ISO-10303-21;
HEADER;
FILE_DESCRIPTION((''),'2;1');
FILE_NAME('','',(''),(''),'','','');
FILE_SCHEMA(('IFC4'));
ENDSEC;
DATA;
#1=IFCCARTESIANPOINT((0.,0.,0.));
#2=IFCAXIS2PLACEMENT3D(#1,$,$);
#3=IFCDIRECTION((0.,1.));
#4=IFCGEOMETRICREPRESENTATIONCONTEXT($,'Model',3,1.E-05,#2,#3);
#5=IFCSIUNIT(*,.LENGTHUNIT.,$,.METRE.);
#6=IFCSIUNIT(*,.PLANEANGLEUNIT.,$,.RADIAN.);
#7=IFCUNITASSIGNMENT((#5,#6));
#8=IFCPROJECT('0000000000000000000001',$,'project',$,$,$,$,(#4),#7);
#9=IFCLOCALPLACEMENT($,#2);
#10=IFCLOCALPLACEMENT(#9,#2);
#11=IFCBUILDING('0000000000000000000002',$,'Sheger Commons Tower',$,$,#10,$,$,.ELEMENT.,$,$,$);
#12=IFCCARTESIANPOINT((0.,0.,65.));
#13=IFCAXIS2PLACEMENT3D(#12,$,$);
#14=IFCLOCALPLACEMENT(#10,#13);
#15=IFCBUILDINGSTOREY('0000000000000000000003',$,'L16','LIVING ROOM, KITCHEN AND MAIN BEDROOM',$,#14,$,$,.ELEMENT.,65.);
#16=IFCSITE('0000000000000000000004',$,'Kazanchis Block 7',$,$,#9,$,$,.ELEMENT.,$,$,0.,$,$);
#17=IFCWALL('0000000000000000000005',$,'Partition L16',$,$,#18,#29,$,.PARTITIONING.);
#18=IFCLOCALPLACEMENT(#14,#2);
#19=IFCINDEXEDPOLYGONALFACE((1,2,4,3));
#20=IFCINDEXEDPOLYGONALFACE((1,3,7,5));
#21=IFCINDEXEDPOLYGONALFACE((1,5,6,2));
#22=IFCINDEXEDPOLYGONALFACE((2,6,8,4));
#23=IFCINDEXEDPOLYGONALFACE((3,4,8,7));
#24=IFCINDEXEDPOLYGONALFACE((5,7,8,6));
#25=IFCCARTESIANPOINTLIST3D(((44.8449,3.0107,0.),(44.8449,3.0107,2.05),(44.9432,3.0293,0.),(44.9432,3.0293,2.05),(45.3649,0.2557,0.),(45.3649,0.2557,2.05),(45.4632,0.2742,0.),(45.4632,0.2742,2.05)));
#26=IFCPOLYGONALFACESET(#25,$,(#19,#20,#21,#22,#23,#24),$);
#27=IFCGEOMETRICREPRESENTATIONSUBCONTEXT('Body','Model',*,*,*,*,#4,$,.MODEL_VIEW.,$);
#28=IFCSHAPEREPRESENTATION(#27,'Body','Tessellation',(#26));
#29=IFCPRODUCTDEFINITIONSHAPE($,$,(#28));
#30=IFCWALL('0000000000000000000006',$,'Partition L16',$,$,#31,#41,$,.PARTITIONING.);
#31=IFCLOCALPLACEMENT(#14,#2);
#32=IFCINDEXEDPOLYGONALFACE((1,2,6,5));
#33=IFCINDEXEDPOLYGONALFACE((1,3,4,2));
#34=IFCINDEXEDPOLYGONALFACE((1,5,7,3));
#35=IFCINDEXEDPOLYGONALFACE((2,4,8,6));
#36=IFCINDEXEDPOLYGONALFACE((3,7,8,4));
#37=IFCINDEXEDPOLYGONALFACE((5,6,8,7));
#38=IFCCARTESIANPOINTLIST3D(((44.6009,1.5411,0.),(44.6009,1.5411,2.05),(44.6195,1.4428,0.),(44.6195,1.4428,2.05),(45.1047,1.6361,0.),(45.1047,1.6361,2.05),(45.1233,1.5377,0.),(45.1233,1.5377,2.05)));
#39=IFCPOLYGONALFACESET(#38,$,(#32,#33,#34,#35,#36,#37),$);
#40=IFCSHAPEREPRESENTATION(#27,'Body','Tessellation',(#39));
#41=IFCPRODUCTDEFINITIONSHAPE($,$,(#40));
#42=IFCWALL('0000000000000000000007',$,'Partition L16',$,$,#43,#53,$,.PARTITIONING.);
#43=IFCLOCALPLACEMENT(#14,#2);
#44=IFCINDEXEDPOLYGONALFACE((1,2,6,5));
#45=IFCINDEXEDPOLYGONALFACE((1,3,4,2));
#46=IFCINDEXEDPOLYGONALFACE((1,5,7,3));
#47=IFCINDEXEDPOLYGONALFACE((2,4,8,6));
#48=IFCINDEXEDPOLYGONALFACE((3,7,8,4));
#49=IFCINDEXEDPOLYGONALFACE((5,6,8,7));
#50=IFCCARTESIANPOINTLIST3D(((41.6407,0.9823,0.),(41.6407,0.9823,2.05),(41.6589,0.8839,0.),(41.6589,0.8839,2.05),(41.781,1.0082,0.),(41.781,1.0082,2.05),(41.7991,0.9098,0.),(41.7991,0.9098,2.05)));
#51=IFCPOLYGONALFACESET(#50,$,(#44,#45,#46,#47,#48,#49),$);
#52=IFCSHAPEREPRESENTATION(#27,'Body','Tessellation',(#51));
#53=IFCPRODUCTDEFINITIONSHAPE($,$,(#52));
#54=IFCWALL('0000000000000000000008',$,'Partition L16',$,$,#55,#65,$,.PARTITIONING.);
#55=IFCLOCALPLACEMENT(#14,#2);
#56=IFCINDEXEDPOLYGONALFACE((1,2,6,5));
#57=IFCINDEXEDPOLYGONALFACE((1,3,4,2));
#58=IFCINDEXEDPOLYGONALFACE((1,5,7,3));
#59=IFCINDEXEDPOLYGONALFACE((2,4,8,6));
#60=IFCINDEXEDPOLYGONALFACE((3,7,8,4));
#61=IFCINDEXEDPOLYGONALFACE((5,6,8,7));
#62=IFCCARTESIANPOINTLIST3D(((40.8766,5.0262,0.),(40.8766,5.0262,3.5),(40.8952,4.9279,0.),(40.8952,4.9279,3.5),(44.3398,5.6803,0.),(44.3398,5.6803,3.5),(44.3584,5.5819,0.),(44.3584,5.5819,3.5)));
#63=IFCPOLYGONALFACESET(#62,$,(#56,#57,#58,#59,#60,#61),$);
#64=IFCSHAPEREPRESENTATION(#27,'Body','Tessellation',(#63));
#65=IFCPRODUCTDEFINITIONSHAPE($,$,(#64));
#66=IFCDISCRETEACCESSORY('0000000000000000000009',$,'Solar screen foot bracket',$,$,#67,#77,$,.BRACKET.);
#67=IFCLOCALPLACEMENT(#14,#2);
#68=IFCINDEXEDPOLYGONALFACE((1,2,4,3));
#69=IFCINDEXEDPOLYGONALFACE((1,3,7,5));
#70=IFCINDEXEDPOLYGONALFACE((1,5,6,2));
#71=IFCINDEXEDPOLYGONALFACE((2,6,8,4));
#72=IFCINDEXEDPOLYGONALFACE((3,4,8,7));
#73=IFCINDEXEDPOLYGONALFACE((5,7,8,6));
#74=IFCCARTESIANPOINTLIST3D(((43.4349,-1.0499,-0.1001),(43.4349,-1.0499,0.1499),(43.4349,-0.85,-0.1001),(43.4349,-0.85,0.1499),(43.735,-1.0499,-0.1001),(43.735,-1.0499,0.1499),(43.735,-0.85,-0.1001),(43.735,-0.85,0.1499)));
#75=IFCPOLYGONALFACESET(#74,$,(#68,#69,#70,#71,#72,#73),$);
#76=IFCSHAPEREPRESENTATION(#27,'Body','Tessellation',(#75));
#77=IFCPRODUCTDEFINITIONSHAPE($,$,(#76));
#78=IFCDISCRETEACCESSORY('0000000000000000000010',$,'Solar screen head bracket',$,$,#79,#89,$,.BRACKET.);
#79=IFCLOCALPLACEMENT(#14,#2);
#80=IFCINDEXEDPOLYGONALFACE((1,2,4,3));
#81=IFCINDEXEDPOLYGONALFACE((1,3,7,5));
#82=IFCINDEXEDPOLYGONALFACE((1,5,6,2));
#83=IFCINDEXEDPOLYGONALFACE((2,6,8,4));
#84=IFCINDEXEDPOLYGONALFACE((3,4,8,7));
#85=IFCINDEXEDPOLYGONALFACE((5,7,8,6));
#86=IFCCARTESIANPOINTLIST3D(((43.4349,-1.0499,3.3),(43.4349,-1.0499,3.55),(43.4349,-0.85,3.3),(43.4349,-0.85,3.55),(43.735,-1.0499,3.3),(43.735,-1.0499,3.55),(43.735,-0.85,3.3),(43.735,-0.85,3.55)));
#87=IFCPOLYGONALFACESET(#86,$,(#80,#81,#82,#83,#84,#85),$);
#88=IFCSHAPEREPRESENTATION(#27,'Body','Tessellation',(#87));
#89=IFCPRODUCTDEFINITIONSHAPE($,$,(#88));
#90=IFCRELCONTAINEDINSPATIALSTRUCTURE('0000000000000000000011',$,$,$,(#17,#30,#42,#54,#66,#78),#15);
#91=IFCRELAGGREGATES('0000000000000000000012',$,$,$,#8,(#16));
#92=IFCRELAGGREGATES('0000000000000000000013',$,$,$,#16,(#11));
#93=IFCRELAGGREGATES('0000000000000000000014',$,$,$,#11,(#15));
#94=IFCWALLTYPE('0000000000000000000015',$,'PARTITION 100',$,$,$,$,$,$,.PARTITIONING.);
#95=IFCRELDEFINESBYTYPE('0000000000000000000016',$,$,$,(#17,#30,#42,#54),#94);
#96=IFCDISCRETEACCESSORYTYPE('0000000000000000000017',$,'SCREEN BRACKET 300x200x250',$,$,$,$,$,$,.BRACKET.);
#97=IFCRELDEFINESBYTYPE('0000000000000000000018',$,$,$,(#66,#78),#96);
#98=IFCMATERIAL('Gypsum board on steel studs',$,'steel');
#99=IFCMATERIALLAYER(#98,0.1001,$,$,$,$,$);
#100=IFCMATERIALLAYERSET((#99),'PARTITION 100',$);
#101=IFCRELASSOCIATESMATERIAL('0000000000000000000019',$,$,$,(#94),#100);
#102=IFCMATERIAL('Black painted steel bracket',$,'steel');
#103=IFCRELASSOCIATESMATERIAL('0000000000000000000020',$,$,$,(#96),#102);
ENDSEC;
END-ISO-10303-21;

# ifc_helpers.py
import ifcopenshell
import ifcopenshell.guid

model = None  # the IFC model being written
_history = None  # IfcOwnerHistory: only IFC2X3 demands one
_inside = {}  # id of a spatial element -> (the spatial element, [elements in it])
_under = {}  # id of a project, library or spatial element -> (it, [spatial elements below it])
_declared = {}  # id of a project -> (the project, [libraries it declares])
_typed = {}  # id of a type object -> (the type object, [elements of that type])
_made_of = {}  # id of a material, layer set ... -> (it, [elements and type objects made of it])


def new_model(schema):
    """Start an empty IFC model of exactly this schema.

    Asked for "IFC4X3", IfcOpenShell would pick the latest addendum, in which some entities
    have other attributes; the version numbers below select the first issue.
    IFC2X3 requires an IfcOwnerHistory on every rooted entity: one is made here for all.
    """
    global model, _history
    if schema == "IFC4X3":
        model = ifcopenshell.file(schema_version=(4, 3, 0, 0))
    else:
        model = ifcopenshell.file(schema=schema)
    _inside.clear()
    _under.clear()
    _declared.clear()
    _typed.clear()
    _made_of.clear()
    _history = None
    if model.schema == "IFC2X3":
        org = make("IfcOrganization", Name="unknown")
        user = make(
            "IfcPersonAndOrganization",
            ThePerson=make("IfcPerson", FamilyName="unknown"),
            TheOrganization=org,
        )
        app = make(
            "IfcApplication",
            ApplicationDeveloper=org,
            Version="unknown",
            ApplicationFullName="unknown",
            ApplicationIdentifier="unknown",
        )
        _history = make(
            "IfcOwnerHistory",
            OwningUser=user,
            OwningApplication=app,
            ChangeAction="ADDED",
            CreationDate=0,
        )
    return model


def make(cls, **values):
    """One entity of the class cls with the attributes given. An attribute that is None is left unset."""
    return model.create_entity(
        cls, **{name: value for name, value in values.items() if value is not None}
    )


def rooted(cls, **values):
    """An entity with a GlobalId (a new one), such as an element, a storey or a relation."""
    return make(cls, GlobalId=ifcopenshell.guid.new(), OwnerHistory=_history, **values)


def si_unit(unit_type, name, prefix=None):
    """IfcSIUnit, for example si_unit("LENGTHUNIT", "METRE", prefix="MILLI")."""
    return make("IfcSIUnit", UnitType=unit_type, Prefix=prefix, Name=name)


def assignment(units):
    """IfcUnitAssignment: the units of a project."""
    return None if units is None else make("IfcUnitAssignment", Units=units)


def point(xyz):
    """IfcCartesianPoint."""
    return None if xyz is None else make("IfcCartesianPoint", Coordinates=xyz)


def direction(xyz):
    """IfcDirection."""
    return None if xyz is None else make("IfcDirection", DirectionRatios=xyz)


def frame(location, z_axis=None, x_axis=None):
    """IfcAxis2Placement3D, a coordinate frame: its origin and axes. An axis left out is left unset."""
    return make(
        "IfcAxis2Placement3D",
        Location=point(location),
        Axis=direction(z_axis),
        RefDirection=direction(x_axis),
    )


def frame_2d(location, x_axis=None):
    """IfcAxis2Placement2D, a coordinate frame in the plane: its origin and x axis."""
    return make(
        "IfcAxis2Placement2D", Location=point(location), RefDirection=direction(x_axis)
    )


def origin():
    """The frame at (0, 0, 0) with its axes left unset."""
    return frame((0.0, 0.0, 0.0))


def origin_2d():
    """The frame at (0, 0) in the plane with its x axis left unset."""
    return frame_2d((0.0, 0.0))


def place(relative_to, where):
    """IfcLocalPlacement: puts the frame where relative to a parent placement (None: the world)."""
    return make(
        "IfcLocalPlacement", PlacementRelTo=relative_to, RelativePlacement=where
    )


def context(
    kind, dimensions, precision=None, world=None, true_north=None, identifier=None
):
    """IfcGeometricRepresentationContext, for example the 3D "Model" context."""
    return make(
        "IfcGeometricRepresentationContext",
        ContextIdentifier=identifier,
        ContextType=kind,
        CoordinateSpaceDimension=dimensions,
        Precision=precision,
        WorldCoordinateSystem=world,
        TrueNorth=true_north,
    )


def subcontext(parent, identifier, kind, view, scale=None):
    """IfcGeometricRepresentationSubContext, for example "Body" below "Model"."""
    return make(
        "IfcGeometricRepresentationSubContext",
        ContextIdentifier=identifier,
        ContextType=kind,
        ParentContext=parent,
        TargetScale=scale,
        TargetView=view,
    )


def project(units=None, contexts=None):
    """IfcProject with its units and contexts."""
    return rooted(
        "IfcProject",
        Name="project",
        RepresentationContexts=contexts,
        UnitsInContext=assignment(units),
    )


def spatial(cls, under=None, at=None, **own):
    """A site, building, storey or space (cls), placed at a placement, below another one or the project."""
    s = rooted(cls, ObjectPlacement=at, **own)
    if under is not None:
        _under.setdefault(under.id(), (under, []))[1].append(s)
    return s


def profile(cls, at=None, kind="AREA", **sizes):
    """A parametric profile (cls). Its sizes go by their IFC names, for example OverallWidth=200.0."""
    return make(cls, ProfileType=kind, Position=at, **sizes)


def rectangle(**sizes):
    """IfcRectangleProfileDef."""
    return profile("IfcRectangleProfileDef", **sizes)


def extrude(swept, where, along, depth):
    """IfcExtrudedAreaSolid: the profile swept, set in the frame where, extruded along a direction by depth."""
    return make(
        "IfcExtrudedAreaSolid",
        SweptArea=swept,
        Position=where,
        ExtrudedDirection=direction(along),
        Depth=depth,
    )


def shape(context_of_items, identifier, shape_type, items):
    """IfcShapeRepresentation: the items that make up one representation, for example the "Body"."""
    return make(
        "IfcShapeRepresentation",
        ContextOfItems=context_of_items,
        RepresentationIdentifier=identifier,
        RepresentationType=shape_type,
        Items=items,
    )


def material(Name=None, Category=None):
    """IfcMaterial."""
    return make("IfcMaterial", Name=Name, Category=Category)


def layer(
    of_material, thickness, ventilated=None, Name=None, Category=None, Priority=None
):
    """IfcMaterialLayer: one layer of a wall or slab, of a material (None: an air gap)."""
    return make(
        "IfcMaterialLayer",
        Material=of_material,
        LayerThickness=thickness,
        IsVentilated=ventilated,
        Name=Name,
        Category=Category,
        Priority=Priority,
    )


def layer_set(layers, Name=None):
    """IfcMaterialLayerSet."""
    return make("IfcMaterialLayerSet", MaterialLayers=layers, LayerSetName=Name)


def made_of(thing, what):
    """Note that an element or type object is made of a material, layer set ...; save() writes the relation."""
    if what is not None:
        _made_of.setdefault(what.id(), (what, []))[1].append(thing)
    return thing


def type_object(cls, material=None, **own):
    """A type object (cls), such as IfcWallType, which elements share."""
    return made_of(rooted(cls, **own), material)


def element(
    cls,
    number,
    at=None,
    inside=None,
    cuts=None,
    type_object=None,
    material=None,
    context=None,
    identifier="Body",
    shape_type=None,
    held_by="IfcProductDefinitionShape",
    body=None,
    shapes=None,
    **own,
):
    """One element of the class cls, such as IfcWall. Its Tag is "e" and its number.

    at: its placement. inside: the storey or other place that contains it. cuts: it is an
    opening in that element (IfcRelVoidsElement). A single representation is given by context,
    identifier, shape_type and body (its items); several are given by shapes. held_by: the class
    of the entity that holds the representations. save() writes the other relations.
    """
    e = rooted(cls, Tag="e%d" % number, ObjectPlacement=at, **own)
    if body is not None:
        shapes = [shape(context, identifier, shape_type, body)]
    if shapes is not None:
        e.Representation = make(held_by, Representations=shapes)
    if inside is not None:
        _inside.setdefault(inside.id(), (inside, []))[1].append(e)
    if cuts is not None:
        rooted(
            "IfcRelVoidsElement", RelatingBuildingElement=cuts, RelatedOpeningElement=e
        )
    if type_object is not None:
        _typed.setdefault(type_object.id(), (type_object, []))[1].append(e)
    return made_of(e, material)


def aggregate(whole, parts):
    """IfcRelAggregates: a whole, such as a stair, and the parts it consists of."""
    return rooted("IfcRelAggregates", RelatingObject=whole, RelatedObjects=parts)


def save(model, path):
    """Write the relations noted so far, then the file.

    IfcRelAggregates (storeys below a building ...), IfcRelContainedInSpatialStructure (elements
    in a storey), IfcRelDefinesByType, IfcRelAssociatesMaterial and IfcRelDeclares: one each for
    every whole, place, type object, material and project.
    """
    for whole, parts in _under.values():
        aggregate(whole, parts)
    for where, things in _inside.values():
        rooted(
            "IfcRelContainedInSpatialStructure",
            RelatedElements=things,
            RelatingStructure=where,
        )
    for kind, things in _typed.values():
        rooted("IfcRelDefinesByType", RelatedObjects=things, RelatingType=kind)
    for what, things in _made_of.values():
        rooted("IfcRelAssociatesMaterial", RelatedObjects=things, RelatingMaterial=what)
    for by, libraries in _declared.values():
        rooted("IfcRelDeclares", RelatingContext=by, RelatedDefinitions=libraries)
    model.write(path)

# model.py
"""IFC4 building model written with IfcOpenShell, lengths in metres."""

from ifc_helpers import new_model, si_unit, direction, frame, frame_2d, origin, origin_2d, place, context, subcontext, project, spatial, rectangle, extrude, material, layer, layer_set, type_object, element, save


model = new_model("IFC4")

# Units and contexts
model_context = context("Model", 3, precision=1e-05, world=origin(), true_north=direction((0.0, 1.0)))
body_context = subcontext(model_context, "Body", "Model", "MODEL_VIEW")
ifc_project = project(units=[si_unit("LENGTHUNIT", "METRE"), si_unit("PLANEANGLEUNIT", "RADIAN")], contexts=[model_context])

# Site, building, storey
site_placement = place(None, origin())
site = spatial("IfcSite", under=ifc_project, at=site_placement, Name="Kazanchis Block 7", CompositionType="ELEMENT", RefElevation=0.0)
building_placement = place(site_placement, origin())
building = spatial("IfcBuilding", under=site, at=building_placement, Name="Sheger Commons Tower", CompositionType="ELEMENT")
storey_placement = place(building_placement, frame((0.0, 0.0, 65.0)))
storey = spatial("IfcBuildingStorey", under=building, at=storey_placement, Name="L16", Description="LIVING ROOM, KITCHEN AND MAIN BEDROOM", CompositionType="ELEMENT", Elevation=65.0)

# Shared definitions
ifc_material_1 = material(Name="Gypsum board on steel studs", Category="steel")
ifc_layer_1 = layer(ifc_material_1, 0.1001)
ifc_layer_set_1 = layer_set([ifc_layer_1], Name="PARTITION 100")
wall_type_1 = type_object("IfcWallType", Name="PARTITION 100", PredefinedType="PARTITIONING", material=ifc_layer_set_1)

# Walls
wall_1_placement = place(storey_placement, frame((44.894, 3.02, 0.0), z_axis=(0.0, 0.0, 1.0), x_axis=(0.185471, -0.98265, 0.0)))
element("IfcWall", 1, at=wall_1_placement, inside=storey, type_object=wall_type_1, Name="Partition L16", PredefinedType="PARTITIONING", context=body_context, shape_type="SweptSolid", body=[
    extrude(rectangle(XDim=2.8037, YDim=0.1001, at=frame_2d((1.4019, 0.0))), origin(), (0.0, 0.0, 1.0), 2.05),
])
wall_2_placement = place(storey_placement, frame((45.114, 1.5869, 0.0), z_axis=(0.0, 0.0, 1.0), x_axis=(-0.982699, -0.185208, 0.0)))
element("IfcWall", 2, at=wall_2_placement, inside=storey, type_object=wall_type_1, Name="Partition L16", PredefinedType="PARTITIONING", context=body_context, shape_type="SweptSolid", body=[
    extrude(rectangle(XDim=0.5127, YDim=0.1001, at=frame_2d((0.2563, 0.0))), origin(), (0.0, 0.0, 1.0), 2.05),
])
wall_3_placement = place(storey_placement, frame((41.79, 0.959, 0.0), z_axis=(0.0, 0.0, 1.0), x_axis=(-0.983373, -0.181598, 0.0)))
element("IfcWall", 3, at=wall_3_placement, inside=storey, type_object=wall_type_1, Name="Partition L16", PredefinedType="PARTITIONING", context=body_context, shape_type="SweptSolid", body=[
    extrude(rectangle(XDim=0.1426, YDim=0.1001, at=frame_2d((0.0713, 0.0))), origin(), (0.0, 0.0, 1.0), 2.05),
])
wall_4_placement = place(storey_placement, frame((44.3491, 5.6311, 0.0), z_axis=(0.0, 0.0, 1.0), x_axis=(-0.982629, -0.185581, 0.0)))
element("IfcWall", 4, at=wall_4_placement, inside=storey, type_object=wall_type_1, Name="Partition L16", PredefinedType="PARTITIONING", context=body_context, shape_type="SweptSolid", body=[
    extrude(rectangle(XDim=3.5244, YDim=0.1001, at=frame_2d((1.7622, 0.0))), origin(), (0.0, 0.0, 1.0), 3.5),
])

# Discrete accessories
ifc_material_2 = material(Name="Black painted steel bracket", Category="steel")
discrete_accessory_type = type_object("IfcDiscreteAccessoryType", Name="SCREEN BRACKET 300x200x250", PredefinedType="BRACKET", material=ifc_material_2)
for number, where, z_axis, x_axis, name in (
    (5, (43.585, -0.95, -0.1001), (0.0, 0.0, 1.0), (1.0, 0.0, 0.0), "Solar screen foot bracket"),
    (6, (43.585, -0.95, 3.3), (0.0, 0.0, 1.0), (1.0, 0.0, 0.0), "Solar screen head bracket"),
):
    element("IfcDiscreteAccessory", number, at=place(storey_placement, frame(where, z_axis=z_axis, x_axis=x_axis)), inside=storey, type_object=discrete_accessory_type, Name=name, PredefinedType="BRACKET", context=body_context, shape_type="SweptSolid", body=[
        extrude(rectangle(XDim=0.3, YDim=0.2, at=origin_2d()), origin(), (0.0, 0.0, 1.0), 0.25),
    ])

save(model, "model.ifc")
